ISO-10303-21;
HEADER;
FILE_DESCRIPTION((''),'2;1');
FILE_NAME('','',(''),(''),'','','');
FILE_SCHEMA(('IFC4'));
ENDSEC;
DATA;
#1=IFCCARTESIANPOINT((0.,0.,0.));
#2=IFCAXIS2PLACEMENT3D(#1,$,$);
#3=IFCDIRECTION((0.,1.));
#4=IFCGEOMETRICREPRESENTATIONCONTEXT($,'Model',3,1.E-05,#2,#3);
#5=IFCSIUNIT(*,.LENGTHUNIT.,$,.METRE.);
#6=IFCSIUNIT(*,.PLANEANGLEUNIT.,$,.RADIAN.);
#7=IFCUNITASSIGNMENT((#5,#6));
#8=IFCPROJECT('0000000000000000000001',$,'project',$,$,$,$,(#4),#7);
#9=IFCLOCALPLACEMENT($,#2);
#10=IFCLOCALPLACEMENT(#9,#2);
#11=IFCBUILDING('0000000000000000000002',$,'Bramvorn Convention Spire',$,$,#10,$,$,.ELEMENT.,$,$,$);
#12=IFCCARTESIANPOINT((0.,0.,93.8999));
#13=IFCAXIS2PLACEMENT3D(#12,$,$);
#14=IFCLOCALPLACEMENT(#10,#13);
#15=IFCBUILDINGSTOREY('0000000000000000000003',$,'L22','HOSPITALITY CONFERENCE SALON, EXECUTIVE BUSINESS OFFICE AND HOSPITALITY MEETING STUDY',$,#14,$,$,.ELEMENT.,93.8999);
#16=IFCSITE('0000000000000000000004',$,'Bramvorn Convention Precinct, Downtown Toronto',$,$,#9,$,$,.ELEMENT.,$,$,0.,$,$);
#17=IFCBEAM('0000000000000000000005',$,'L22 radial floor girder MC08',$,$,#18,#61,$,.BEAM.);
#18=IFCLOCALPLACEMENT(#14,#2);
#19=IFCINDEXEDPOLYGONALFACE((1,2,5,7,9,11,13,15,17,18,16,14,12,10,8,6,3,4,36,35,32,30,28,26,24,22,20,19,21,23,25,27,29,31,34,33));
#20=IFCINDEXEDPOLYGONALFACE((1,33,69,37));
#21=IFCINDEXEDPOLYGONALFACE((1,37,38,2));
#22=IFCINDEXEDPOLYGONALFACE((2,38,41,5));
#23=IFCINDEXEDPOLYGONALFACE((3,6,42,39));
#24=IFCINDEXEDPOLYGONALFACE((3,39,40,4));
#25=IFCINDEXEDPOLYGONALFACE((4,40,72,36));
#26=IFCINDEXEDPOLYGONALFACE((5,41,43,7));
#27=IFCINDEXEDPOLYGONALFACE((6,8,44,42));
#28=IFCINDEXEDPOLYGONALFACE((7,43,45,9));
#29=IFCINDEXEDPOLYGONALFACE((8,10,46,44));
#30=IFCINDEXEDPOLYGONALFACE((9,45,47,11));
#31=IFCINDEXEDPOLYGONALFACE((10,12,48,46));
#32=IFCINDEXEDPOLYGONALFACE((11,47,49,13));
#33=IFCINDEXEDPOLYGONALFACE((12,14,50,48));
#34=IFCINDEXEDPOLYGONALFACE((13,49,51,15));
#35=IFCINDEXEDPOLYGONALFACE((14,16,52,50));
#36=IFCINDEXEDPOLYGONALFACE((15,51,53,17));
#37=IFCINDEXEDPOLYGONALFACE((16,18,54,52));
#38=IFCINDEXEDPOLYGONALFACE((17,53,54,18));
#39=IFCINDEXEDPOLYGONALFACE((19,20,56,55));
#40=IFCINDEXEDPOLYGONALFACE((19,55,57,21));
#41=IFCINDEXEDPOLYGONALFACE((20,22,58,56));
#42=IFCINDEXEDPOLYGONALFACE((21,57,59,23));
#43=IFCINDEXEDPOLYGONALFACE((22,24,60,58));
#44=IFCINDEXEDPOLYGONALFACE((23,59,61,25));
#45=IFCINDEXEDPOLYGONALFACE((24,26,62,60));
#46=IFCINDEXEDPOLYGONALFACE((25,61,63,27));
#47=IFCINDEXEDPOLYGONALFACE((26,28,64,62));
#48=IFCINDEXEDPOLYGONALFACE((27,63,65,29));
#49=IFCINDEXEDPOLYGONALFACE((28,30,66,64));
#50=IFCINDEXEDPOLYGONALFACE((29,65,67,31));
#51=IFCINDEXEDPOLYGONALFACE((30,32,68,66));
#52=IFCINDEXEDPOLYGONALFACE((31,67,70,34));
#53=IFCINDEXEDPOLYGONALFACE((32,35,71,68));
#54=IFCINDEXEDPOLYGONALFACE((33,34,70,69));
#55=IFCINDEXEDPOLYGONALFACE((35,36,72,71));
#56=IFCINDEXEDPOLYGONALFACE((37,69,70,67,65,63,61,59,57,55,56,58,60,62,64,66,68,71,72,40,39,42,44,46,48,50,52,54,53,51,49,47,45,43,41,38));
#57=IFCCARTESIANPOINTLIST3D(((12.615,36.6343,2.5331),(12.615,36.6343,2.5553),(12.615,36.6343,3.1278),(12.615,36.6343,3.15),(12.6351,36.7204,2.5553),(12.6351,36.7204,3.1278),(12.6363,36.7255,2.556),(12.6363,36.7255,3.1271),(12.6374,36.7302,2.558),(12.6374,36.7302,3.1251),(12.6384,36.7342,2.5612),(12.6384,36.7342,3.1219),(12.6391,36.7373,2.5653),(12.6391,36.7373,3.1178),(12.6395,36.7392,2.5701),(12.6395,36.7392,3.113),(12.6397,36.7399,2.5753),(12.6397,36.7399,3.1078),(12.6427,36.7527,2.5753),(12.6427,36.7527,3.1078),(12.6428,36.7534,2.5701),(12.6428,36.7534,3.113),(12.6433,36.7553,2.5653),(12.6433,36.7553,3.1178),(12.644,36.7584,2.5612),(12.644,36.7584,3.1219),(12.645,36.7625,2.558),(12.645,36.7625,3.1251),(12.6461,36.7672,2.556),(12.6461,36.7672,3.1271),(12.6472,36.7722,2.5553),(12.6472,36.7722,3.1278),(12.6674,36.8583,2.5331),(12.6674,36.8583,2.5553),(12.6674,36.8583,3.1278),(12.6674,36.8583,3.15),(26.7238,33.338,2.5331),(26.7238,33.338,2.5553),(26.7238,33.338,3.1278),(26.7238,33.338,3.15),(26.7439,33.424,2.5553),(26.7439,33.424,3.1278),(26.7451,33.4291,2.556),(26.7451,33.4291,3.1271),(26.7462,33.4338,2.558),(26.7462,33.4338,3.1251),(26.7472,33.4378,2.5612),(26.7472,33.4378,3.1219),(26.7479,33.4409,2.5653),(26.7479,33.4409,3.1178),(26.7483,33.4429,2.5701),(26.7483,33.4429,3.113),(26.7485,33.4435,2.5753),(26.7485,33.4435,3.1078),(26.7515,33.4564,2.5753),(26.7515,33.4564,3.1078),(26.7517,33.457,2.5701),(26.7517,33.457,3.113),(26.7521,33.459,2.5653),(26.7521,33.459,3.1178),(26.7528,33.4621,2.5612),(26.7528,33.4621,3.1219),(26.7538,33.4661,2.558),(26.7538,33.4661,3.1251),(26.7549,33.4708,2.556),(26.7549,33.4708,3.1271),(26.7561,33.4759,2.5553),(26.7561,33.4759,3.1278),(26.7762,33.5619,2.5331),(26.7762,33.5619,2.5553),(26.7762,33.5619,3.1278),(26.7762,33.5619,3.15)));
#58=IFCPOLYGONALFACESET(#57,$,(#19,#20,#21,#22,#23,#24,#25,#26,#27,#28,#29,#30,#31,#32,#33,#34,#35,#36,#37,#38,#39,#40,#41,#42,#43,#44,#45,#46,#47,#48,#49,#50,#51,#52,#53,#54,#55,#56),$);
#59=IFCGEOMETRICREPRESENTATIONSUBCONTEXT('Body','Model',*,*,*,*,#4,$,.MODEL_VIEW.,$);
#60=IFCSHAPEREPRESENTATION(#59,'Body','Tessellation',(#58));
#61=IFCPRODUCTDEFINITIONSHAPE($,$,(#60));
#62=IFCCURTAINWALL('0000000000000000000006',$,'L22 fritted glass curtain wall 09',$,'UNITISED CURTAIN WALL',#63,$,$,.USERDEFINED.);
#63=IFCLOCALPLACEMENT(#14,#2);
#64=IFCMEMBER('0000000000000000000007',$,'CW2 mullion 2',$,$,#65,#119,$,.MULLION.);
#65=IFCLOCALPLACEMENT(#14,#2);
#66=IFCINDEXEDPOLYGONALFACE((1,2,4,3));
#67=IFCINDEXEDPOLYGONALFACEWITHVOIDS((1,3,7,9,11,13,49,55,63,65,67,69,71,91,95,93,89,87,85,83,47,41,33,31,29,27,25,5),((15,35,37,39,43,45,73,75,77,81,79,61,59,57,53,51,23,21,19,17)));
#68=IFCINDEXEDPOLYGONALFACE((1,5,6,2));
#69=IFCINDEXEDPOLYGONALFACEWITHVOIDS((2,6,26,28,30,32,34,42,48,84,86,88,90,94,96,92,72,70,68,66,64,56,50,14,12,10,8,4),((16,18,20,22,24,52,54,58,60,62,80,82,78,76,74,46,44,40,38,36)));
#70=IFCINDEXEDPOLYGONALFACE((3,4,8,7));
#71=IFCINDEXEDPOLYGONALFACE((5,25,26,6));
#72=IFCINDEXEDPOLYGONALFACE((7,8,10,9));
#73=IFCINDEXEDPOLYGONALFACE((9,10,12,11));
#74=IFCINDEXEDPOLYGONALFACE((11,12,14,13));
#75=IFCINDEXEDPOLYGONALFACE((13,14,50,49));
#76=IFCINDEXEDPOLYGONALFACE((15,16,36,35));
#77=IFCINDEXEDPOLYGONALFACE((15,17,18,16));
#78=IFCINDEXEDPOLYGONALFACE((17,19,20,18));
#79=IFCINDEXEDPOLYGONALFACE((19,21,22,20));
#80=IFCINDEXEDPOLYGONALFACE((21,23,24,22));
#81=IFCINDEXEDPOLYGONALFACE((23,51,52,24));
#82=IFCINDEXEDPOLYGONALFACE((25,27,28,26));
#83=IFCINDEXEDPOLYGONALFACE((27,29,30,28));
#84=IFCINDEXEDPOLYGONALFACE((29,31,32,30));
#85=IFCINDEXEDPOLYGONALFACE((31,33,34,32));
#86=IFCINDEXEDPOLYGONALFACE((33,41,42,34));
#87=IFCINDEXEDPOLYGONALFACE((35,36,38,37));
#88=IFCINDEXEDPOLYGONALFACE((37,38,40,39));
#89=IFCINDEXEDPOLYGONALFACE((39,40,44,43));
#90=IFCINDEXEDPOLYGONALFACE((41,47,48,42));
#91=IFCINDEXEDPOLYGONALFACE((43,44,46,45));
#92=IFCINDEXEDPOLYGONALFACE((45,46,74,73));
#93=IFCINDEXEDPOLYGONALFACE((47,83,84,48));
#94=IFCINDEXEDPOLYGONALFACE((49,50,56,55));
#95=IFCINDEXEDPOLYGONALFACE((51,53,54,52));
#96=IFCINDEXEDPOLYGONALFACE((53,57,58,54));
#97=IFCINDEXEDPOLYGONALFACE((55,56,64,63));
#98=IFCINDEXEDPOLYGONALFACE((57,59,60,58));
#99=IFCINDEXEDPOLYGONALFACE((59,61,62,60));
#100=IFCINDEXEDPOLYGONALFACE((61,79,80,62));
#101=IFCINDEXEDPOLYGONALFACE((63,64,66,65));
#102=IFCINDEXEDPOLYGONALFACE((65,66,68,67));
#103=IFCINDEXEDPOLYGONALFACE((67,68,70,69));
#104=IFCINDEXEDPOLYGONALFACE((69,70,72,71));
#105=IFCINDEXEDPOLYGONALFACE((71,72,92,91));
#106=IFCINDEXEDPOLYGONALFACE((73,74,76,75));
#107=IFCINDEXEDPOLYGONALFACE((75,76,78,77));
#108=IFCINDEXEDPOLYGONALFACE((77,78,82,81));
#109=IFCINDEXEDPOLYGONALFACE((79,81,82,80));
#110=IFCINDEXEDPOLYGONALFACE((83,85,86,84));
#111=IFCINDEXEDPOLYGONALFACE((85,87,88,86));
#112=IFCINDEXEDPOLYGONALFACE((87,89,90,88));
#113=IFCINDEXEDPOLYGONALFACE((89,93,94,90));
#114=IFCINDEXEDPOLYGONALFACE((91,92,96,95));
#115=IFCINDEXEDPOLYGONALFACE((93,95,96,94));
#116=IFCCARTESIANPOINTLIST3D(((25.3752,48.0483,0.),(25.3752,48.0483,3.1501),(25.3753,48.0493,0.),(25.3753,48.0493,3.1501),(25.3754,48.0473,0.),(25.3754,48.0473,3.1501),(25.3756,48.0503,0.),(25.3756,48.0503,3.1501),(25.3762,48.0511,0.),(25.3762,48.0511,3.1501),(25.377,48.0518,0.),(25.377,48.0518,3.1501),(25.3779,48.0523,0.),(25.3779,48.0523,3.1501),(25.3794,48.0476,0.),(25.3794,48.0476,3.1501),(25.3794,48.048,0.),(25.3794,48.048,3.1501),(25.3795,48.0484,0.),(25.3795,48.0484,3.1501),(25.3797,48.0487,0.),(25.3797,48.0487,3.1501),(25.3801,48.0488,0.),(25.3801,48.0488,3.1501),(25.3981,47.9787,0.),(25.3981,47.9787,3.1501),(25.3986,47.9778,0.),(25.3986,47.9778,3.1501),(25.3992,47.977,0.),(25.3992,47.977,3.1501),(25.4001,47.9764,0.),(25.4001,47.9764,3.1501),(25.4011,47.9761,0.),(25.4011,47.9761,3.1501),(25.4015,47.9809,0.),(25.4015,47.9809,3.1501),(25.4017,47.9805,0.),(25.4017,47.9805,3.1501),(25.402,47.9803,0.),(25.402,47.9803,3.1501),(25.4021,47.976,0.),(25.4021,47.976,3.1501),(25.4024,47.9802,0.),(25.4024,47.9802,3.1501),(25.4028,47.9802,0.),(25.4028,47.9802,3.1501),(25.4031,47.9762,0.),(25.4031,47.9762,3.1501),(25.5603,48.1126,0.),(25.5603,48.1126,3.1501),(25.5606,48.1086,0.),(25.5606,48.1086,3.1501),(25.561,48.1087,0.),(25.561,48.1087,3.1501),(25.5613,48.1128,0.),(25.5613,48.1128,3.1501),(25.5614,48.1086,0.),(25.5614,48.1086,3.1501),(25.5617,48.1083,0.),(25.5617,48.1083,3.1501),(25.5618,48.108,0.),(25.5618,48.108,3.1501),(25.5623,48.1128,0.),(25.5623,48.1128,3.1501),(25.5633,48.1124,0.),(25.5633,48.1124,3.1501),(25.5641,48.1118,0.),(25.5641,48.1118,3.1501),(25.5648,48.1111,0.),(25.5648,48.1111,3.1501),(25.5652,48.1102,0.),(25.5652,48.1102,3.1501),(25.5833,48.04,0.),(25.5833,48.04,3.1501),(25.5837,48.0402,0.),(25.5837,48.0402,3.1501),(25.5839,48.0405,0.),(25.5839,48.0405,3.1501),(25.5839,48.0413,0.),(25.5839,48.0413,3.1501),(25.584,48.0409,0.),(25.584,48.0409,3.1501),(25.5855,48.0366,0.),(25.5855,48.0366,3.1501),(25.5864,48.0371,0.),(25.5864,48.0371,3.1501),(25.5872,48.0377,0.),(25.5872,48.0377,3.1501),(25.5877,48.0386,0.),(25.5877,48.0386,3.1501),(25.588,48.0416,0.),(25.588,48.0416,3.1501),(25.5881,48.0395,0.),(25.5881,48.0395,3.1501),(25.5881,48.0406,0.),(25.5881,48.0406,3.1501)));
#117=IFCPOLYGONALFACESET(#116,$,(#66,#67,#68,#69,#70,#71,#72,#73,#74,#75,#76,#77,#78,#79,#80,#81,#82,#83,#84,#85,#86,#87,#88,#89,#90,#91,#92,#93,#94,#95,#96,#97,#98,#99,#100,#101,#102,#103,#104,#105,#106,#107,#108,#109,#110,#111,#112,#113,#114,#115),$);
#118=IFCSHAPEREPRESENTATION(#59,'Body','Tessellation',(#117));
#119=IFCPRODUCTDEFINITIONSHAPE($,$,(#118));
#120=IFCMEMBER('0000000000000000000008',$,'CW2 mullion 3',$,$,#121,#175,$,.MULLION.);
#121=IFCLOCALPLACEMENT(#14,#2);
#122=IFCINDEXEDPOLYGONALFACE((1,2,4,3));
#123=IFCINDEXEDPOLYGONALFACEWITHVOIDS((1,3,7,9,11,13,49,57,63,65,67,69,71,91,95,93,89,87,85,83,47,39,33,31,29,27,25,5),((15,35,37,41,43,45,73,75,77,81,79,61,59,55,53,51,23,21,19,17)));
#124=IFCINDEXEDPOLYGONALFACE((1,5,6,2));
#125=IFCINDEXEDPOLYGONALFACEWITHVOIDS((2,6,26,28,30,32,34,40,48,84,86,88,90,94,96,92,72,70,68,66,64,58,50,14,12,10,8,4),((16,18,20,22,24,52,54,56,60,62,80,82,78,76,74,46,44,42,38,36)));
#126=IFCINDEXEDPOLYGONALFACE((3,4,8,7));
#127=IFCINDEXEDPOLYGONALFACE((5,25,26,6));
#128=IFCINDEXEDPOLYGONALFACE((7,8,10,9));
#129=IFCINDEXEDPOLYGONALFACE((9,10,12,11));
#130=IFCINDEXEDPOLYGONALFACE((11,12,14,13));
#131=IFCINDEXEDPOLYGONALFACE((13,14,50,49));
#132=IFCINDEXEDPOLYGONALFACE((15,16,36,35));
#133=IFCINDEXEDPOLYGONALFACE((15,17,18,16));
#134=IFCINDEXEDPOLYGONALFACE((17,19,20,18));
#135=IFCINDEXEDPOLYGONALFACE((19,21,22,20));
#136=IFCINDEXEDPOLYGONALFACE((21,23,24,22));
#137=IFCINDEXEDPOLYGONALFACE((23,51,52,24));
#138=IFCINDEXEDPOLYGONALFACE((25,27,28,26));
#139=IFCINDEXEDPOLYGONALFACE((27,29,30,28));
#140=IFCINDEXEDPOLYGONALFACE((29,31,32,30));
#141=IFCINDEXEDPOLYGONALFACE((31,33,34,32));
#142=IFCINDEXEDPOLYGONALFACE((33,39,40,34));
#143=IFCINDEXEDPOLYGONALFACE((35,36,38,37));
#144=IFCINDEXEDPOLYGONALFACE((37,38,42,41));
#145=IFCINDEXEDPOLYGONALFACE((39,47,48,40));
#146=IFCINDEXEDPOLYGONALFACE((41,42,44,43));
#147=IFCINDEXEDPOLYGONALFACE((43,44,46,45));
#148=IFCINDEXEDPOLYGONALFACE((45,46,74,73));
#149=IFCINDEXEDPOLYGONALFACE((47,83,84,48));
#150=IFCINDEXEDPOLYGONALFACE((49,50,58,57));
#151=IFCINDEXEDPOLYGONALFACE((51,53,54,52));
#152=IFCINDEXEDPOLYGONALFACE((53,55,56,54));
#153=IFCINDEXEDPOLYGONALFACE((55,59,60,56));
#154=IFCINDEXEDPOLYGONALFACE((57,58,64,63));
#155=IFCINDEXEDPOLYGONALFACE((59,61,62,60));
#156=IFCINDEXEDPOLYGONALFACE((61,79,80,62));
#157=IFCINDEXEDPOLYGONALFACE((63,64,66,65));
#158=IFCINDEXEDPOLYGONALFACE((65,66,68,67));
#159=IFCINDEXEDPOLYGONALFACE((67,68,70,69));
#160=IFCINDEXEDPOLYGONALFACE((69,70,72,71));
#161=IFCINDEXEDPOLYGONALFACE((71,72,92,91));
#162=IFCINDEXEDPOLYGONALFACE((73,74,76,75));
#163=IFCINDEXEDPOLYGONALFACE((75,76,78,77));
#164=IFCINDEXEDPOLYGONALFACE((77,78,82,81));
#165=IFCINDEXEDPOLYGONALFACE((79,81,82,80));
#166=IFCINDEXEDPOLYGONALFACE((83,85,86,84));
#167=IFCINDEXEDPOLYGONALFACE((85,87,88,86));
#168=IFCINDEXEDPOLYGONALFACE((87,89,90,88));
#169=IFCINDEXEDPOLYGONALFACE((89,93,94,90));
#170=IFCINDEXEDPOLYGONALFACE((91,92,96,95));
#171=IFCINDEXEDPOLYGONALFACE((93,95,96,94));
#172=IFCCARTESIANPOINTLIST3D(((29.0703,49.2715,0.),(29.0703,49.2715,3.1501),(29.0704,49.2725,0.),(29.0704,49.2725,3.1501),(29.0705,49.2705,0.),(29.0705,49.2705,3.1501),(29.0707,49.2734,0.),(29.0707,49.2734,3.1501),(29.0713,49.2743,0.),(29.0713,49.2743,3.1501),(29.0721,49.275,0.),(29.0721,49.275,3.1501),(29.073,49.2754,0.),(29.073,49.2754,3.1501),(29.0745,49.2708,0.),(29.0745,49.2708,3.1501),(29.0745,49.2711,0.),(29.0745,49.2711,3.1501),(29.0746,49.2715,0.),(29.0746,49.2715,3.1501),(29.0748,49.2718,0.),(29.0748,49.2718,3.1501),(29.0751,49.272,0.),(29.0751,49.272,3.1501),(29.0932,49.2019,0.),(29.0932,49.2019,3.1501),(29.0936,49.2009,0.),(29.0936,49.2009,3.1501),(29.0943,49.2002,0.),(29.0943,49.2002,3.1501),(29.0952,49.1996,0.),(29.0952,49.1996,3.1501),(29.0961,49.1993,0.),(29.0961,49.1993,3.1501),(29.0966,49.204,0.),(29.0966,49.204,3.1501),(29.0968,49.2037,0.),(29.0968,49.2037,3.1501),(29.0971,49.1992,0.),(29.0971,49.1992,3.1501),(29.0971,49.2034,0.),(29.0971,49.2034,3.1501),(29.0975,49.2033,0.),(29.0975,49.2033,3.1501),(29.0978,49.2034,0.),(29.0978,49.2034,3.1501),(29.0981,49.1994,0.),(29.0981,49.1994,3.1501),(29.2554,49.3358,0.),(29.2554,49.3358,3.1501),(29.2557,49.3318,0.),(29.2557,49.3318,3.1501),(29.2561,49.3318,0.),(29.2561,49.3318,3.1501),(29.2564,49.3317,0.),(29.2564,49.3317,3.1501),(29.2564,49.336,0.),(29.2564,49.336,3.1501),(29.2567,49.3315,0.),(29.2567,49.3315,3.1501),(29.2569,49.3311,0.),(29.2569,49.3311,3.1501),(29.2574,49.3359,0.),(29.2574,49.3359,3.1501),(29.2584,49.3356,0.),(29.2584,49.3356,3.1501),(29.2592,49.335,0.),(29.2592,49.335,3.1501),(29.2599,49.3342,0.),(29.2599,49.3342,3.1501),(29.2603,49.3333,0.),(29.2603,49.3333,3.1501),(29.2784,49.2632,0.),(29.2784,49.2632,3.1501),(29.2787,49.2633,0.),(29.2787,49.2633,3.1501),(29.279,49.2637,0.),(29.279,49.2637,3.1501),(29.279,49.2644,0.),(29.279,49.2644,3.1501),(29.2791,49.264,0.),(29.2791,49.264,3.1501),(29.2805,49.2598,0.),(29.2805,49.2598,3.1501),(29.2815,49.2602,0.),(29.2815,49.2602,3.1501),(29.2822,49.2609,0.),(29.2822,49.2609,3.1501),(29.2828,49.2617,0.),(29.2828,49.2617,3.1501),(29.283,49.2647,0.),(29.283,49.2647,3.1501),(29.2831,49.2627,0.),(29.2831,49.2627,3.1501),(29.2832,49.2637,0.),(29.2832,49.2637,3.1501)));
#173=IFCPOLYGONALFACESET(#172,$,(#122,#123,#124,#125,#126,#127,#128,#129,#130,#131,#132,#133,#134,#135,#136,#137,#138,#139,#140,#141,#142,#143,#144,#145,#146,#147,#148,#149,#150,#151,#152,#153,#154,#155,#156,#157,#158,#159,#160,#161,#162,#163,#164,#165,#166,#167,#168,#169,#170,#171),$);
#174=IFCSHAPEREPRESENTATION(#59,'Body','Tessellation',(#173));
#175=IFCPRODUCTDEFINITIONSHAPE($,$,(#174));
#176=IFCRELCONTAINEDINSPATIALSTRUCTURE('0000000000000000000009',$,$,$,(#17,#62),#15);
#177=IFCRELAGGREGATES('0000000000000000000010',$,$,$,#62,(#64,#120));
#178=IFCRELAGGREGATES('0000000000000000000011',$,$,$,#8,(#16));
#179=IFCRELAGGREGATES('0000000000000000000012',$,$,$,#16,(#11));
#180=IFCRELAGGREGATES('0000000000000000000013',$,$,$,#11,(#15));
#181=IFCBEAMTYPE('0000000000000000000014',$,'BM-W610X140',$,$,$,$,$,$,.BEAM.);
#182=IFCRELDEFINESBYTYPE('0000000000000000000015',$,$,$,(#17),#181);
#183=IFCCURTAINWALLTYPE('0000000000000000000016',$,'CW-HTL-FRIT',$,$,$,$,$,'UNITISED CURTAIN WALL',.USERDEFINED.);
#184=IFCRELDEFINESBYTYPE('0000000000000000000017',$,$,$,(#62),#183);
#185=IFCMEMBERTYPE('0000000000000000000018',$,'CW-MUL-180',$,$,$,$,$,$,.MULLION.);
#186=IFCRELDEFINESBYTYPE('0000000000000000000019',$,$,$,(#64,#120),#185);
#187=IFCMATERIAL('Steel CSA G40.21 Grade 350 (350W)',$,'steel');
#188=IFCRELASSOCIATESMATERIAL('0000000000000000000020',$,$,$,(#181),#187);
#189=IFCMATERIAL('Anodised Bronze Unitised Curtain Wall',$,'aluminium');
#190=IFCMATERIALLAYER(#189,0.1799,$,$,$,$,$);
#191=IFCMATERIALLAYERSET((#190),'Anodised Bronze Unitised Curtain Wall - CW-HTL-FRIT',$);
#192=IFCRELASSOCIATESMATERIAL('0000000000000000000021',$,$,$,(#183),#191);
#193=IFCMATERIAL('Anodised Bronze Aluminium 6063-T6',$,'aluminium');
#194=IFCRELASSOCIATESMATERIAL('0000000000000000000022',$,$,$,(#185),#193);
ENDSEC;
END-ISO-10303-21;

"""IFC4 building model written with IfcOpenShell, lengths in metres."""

from ifc_helpers import new_model, si_unit, direction, frame, origin, origin_2d, place, context, subcontext, project, spatial, hollow_rectangle, i_section, extrude, material, layer, layer_set, material_profile, profile_set, type_object, element, aggregate, save


model = new_model("IFC4")

# Units and contexts
model_context = context("Model", 3, precision=1e-05, world=origin(), true_north=direction((0.0, 1.0)))
body_context = subcontext(model_context, "Body", "Model", "MODEL_VIEW")
ifc_project = project(units=[si_unit("LENGTHUNIT", "METRE"), si_unit("PLANEANGLEUNIT", "RADIAN")], contexts=[model_context])

# Site, building, storey
site_placement = place(None, origin())
site = spatial("IfcSite", under=ifc_project, at=site_placement, Name="Bramvorn Convention Precinct, Downtown Toronto", CompositionType="ELEMENT", RefElevation=0.0)
building_placement = place(site_placement, origin())
building = spatial("IfcBuilding", under=site, at=building_placement, Name="Bramvorn Convention Spire", CompositionType="ELEMENT")
storey_placement = place(building_placement, frame((0.0, 0.0, 93.8999)))
storey = spatial("IfcBuildingStorey", under=building, at=storey_placement, Name="L22", Description="HOSPITALITY CONFERENCE SALON, EXECUTIVE BUSINESS OFFICE AND HOSPITALITY MEETING STUDY", CompositionType="ELEMENT", Elevation=93.8999)

# Shared definitions
ifc_material_1 = material(Name="Steel CSA G40.21 Grade 350 (350W)", Category="steel")

# Beam
ifc_material_profile_1 = material_profile(ifc_material_1, i_section(OverallWidth=0.23, OverallDepth=0.6169, WebThickness=0.0132, FlangeThickness=0.0222, FilletRadius=0.02, at=origin_2d()))
ifc_profile_set_1 = profile_set([ifc_material_profile_1], Name="Steel CSA G40.21 Grade 350 (350W) - W610X140")
beam_type_1 = type_object("IfcBeamType", Name="BM-W610X140", PredefinedType="BEAM", material=ifc_profile_set_1)
beam_1_placement = place(storey_placement, frame((26.75, 33.45, 2.8416), z_axis=(-0.973775, 0.227512, 0.0), x_axis=(-0.227512, -0.973775, 0.0)))
element("IfcBeam", 1, at=beam_1_placement, inside=storey, type_object=beam_type_1, Name="L22 radial floor girder MC08", PredefinedType="BEAM", context=body_context, shape_type="SweptSolid", body=[
    extrude(i_section(OverallWidth=0.23, OverallDepth=0.6169, WebThickness=0.0132, FlangeThickness=0.0222, FilletRadius=0.02, at=origin_2d()), origin(), (0.0, 0.0, 1.0), 14.4888),
])

# Curtain wall, members
ifc_material_2 = material(Name="Anodised Bronze Unitised Curtain Wall", Category="aluminium")
ifc_layer_1 = layer(ifc_material_2, 0.1799)
ifc_layer_set_1 = layer_set([ifc_layer_1], Name="Anodised Bronze Unitised Curtain Wall - CW-HTL-FRIT")
curtain_wall_type = type_object("IfcCurtainWallType", Name="CW-HTL-FRIT", ElementType="UNITISED CURTAIN WALL", PredefinedType="USERDEFINED", material=ifc_layer_set_1)
curtain_wall_placement = place(storey_placement, origin())
curtain_wall = element("IfcCurtainWall", 2, at=curtain_wall_placement, inside=storey, type_object=curtain_wall_type, Name="L22 fritted glass curtain wall 09", ObjectType="UNITISED CURTAIN WALL", PredefinedType="USERDEFINED")
ifc_material_3 = material(Name="Anodised Bronze Aluminium 6063-T6", Category="aluminium")
ifc_material_profile_2 = material_profile(ifc_material_3, hollow_rectangle(XDim=0.0801, YDim=0.2, WallThickness=0.0039, InnerFilletRadius=0.001, OuterFilletRadius=0.0039, at=origin_2d()))
ifc_profile_set_2 = profile_set([ifc_material_profile_2], Name="Anodised Bronze Aluminium 6063-T6 - CWM80X200")
member_type_1 = type_object("IfcMemberType", Name="CW-MUL-180", PredefinedType="MULLION", material=ifc_profile_set_2)
member_1_placement = place(storey_placement, frame((25.4817, 48.0444, 0.0), z_axis=(0.0, 0.0, 1.0), x_axis=(-0.314281, 0.94933, 0.0)))
member_1 = element("IfcMember", 3, at=member_1_placement, type_object=member_type_1, Name="CW2 mullion 2", PredefinedType="MULLION", context=body_context, shape_type="SweptSolid", body=[
    extrude(hollow_rectangle(XDim=0.0801, YDim=0.2, WallThickness=0.0039, InnerFilletRadius=0.001, OuterFilletRadius=0.0039, at=origin_2d()), origin(), (0.0, 0.0, 1.0), 3.1501),
])
member_2_placement = place(storey_placement, frame((29.1768, 49.2676, 0.0), z_axis=(0.0, 0.0, 1.0), x_axis=(-0.314281, 0.94933, 0.0)))
member_2 = element("IfcMember", 4, at=member_2_placement, type_object=member_type_1, Name="CW2 mullion 3", PredefinedType="MULLION", context=body_context, shape_type="SweptSolid", body=[
    extrude(hollow_rectangle(XDim=0.0801, YDim=0.2, WallThickness=0.0039, InnerFilletRadius=0.001, OuterFilletRadius=0.0039, at=origin_2d()), origin(), (0.0, 0.0, 1.0), 3.1501),
])
aggregate(curtain_wall, [member_1, member_2])

save(model, "model.ifc")
